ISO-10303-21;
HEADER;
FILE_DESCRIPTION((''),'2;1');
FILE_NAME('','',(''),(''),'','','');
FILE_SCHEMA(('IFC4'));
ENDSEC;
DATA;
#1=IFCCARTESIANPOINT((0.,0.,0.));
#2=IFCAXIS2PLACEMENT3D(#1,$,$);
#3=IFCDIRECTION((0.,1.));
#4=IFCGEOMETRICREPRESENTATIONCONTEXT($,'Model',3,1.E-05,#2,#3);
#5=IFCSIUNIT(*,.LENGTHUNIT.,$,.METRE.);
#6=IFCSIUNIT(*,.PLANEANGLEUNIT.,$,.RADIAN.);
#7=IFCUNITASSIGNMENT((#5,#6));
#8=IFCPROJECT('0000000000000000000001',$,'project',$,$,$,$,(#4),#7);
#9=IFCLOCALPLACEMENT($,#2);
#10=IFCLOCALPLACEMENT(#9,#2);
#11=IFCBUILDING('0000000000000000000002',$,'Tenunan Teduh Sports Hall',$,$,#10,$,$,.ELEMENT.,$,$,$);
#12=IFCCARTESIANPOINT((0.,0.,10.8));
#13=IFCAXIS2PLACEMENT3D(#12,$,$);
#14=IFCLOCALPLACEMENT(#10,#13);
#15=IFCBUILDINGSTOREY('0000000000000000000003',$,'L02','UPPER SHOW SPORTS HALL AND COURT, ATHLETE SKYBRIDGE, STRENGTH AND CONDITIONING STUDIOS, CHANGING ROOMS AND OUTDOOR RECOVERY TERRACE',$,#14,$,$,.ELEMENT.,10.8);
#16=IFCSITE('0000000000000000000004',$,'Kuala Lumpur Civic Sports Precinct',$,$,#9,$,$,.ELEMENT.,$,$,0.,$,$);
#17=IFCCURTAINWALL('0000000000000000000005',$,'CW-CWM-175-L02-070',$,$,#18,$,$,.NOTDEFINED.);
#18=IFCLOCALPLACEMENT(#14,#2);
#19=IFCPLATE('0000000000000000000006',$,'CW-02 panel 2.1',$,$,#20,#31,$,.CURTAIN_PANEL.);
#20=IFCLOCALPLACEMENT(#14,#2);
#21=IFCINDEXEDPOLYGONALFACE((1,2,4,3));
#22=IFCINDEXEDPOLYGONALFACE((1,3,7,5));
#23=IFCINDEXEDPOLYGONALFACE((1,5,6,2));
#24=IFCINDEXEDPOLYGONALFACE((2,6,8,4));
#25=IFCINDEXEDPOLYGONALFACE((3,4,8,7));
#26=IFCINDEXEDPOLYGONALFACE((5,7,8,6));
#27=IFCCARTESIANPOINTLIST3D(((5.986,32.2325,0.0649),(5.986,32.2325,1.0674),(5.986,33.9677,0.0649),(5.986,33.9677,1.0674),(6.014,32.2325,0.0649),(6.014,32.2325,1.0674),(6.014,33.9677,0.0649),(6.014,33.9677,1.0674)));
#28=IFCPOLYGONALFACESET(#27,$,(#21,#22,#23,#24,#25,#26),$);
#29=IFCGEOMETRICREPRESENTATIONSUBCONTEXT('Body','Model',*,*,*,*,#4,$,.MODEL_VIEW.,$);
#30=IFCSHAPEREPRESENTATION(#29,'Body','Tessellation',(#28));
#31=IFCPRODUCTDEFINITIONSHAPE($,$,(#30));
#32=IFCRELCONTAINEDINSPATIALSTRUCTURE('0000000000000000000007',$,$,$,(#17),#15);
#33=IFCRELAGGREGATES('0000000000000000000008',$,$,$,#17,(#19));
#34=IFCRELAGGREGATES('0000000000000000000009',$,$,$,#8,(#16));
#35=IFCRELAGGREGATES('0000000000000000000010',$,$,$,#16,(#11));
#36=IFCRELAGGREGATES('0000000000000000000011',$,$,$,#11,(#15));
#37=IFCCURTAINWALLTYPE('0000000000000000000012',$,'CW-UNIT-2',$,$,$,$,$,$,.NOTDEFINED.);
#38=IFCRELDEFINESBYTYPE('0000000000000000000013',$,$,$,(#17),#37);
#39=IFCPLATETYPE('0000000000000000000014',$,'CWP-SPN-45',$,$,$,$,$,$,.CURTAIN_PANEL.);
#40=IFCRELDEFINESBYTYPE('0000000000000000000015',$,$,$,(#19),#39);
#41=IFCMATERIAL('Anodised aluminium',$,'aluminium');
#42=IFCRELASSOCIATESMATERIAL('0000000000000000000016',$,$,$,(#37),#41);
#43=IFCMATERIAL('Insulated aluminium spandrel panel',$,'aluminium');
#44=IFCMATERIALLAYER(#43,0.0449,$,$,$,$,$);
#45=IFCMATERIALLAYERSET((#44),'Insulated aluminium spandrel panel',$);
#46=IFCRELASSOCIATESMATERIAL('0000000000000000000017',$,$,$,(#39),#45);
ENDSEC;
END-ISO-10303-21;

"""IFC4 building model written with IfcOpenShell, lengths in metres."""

from ifc_helpers import new_model, si_unit, direction, frame, origin, origin_2d, place, context, subcontext, project, spatial, rectangle, extrude, material, layer, layer_set, type_object, element, aggregate, save


model = new_model("IFC4")

# Units and contexts
model_context = context("Model", 3, precision=1e-05, world=origin(), true_north=direction((0.0, 1.0)))
body_context = subcontext(model_context, "Body", "Model", "MODEL_VIEW")
ifc_project = project(units=[si_unit("LENGTHUNIT", "METRE"), si_unit("PLANEANGLEUNIT", "RADIAN")], contexts=[model_context])

# Site, building, storey
site_placement = place(None, origin())
site = spatial("IfcSite", under=ifc_project, at=site_placement, Name="Kuala Lumpur Civic Sports Precinct", CompositionType="ELEMENT", RefElevation=0.0)
building_placement = place(site_placement, origin())
building = spatial("IfcBuilding", under=site, at=building_placement, Name="Tenunan Teduh Sports Hall", CompositionType="ELEMENT")
storey_placement = place(building_placement, frame((0.0, 0.0, 10.8)))
storey = spatial("IfcBuildingStorey", under=building, at=storey_placement, Name="L02", Description="UPPER SHOW SPORTS HALL AND COURT, ATHLETE SKYBRIDGE, STRENGTH AND CONDITIONING STUDIOS, CHANGING ROOMS AND OUTDOOR RECOVERY TERRACE", CompositionType="ELEMENT", Elevation=10.8)

# Curtain wall
ifc_material_1 = material(Name="Anodised aluminium", Category="aluminium")
curtain_wall_type = type_object("IfcCurtainWallType", Name="CW-UNIT-2", PredefinedType="NOTDEFINED", material=ifc_material_1)
curtain_wall_1_placement = place(storey_placement, origin())
curtain_wall_1 = element("IfcCurtainWall", 1, at=curtain_wall_1_placement, inside=storey, type_object=curtain_wall_type, Name="CW-CWM-175-L02-070", PredefinedType="NOTDEFINED")

# Plate
ifc_material_2 = material(Name="Insulated aluminium spandrel panel", Category="aluminium")
ifc_layer_1 = layer(ifc_material_2, 0.0449)
ifc_layer_set_1 = layer_set([ifc_layer_1], Name="Insulated aluminium spandrel panel")
plate_type_1 = type_object("IfcPlateType", Name="CWP-SPN-45", PredefinedType="CURTAIN_PANEL", material=ifc_layer_set_1)
plate_1_placement = place(storey_placement, frame((6.0, 33.1001, 0.0649), z_axis=(0.0, 0.0, 1.0), x_axis=(0.0, 1.0, 0.0)))
plate_1 = element("IfcPlate", 2, at=plate_1_placement, type_object=plate_type_1, Name="CW-02 panel 2.1", PredefinedType="CURTAIN_PANEL", context=body_context, shape_type="SweptSolid", body=[
    extrude(rectangle(XDim=1.7351, YDim=0.0281, at=origin_2d()), origin(), (0.0, 0.0, 1.0), 1.0024),
])
aggregate(curtain_wall_1, [plate_1])

save(model, "model.ifc")
